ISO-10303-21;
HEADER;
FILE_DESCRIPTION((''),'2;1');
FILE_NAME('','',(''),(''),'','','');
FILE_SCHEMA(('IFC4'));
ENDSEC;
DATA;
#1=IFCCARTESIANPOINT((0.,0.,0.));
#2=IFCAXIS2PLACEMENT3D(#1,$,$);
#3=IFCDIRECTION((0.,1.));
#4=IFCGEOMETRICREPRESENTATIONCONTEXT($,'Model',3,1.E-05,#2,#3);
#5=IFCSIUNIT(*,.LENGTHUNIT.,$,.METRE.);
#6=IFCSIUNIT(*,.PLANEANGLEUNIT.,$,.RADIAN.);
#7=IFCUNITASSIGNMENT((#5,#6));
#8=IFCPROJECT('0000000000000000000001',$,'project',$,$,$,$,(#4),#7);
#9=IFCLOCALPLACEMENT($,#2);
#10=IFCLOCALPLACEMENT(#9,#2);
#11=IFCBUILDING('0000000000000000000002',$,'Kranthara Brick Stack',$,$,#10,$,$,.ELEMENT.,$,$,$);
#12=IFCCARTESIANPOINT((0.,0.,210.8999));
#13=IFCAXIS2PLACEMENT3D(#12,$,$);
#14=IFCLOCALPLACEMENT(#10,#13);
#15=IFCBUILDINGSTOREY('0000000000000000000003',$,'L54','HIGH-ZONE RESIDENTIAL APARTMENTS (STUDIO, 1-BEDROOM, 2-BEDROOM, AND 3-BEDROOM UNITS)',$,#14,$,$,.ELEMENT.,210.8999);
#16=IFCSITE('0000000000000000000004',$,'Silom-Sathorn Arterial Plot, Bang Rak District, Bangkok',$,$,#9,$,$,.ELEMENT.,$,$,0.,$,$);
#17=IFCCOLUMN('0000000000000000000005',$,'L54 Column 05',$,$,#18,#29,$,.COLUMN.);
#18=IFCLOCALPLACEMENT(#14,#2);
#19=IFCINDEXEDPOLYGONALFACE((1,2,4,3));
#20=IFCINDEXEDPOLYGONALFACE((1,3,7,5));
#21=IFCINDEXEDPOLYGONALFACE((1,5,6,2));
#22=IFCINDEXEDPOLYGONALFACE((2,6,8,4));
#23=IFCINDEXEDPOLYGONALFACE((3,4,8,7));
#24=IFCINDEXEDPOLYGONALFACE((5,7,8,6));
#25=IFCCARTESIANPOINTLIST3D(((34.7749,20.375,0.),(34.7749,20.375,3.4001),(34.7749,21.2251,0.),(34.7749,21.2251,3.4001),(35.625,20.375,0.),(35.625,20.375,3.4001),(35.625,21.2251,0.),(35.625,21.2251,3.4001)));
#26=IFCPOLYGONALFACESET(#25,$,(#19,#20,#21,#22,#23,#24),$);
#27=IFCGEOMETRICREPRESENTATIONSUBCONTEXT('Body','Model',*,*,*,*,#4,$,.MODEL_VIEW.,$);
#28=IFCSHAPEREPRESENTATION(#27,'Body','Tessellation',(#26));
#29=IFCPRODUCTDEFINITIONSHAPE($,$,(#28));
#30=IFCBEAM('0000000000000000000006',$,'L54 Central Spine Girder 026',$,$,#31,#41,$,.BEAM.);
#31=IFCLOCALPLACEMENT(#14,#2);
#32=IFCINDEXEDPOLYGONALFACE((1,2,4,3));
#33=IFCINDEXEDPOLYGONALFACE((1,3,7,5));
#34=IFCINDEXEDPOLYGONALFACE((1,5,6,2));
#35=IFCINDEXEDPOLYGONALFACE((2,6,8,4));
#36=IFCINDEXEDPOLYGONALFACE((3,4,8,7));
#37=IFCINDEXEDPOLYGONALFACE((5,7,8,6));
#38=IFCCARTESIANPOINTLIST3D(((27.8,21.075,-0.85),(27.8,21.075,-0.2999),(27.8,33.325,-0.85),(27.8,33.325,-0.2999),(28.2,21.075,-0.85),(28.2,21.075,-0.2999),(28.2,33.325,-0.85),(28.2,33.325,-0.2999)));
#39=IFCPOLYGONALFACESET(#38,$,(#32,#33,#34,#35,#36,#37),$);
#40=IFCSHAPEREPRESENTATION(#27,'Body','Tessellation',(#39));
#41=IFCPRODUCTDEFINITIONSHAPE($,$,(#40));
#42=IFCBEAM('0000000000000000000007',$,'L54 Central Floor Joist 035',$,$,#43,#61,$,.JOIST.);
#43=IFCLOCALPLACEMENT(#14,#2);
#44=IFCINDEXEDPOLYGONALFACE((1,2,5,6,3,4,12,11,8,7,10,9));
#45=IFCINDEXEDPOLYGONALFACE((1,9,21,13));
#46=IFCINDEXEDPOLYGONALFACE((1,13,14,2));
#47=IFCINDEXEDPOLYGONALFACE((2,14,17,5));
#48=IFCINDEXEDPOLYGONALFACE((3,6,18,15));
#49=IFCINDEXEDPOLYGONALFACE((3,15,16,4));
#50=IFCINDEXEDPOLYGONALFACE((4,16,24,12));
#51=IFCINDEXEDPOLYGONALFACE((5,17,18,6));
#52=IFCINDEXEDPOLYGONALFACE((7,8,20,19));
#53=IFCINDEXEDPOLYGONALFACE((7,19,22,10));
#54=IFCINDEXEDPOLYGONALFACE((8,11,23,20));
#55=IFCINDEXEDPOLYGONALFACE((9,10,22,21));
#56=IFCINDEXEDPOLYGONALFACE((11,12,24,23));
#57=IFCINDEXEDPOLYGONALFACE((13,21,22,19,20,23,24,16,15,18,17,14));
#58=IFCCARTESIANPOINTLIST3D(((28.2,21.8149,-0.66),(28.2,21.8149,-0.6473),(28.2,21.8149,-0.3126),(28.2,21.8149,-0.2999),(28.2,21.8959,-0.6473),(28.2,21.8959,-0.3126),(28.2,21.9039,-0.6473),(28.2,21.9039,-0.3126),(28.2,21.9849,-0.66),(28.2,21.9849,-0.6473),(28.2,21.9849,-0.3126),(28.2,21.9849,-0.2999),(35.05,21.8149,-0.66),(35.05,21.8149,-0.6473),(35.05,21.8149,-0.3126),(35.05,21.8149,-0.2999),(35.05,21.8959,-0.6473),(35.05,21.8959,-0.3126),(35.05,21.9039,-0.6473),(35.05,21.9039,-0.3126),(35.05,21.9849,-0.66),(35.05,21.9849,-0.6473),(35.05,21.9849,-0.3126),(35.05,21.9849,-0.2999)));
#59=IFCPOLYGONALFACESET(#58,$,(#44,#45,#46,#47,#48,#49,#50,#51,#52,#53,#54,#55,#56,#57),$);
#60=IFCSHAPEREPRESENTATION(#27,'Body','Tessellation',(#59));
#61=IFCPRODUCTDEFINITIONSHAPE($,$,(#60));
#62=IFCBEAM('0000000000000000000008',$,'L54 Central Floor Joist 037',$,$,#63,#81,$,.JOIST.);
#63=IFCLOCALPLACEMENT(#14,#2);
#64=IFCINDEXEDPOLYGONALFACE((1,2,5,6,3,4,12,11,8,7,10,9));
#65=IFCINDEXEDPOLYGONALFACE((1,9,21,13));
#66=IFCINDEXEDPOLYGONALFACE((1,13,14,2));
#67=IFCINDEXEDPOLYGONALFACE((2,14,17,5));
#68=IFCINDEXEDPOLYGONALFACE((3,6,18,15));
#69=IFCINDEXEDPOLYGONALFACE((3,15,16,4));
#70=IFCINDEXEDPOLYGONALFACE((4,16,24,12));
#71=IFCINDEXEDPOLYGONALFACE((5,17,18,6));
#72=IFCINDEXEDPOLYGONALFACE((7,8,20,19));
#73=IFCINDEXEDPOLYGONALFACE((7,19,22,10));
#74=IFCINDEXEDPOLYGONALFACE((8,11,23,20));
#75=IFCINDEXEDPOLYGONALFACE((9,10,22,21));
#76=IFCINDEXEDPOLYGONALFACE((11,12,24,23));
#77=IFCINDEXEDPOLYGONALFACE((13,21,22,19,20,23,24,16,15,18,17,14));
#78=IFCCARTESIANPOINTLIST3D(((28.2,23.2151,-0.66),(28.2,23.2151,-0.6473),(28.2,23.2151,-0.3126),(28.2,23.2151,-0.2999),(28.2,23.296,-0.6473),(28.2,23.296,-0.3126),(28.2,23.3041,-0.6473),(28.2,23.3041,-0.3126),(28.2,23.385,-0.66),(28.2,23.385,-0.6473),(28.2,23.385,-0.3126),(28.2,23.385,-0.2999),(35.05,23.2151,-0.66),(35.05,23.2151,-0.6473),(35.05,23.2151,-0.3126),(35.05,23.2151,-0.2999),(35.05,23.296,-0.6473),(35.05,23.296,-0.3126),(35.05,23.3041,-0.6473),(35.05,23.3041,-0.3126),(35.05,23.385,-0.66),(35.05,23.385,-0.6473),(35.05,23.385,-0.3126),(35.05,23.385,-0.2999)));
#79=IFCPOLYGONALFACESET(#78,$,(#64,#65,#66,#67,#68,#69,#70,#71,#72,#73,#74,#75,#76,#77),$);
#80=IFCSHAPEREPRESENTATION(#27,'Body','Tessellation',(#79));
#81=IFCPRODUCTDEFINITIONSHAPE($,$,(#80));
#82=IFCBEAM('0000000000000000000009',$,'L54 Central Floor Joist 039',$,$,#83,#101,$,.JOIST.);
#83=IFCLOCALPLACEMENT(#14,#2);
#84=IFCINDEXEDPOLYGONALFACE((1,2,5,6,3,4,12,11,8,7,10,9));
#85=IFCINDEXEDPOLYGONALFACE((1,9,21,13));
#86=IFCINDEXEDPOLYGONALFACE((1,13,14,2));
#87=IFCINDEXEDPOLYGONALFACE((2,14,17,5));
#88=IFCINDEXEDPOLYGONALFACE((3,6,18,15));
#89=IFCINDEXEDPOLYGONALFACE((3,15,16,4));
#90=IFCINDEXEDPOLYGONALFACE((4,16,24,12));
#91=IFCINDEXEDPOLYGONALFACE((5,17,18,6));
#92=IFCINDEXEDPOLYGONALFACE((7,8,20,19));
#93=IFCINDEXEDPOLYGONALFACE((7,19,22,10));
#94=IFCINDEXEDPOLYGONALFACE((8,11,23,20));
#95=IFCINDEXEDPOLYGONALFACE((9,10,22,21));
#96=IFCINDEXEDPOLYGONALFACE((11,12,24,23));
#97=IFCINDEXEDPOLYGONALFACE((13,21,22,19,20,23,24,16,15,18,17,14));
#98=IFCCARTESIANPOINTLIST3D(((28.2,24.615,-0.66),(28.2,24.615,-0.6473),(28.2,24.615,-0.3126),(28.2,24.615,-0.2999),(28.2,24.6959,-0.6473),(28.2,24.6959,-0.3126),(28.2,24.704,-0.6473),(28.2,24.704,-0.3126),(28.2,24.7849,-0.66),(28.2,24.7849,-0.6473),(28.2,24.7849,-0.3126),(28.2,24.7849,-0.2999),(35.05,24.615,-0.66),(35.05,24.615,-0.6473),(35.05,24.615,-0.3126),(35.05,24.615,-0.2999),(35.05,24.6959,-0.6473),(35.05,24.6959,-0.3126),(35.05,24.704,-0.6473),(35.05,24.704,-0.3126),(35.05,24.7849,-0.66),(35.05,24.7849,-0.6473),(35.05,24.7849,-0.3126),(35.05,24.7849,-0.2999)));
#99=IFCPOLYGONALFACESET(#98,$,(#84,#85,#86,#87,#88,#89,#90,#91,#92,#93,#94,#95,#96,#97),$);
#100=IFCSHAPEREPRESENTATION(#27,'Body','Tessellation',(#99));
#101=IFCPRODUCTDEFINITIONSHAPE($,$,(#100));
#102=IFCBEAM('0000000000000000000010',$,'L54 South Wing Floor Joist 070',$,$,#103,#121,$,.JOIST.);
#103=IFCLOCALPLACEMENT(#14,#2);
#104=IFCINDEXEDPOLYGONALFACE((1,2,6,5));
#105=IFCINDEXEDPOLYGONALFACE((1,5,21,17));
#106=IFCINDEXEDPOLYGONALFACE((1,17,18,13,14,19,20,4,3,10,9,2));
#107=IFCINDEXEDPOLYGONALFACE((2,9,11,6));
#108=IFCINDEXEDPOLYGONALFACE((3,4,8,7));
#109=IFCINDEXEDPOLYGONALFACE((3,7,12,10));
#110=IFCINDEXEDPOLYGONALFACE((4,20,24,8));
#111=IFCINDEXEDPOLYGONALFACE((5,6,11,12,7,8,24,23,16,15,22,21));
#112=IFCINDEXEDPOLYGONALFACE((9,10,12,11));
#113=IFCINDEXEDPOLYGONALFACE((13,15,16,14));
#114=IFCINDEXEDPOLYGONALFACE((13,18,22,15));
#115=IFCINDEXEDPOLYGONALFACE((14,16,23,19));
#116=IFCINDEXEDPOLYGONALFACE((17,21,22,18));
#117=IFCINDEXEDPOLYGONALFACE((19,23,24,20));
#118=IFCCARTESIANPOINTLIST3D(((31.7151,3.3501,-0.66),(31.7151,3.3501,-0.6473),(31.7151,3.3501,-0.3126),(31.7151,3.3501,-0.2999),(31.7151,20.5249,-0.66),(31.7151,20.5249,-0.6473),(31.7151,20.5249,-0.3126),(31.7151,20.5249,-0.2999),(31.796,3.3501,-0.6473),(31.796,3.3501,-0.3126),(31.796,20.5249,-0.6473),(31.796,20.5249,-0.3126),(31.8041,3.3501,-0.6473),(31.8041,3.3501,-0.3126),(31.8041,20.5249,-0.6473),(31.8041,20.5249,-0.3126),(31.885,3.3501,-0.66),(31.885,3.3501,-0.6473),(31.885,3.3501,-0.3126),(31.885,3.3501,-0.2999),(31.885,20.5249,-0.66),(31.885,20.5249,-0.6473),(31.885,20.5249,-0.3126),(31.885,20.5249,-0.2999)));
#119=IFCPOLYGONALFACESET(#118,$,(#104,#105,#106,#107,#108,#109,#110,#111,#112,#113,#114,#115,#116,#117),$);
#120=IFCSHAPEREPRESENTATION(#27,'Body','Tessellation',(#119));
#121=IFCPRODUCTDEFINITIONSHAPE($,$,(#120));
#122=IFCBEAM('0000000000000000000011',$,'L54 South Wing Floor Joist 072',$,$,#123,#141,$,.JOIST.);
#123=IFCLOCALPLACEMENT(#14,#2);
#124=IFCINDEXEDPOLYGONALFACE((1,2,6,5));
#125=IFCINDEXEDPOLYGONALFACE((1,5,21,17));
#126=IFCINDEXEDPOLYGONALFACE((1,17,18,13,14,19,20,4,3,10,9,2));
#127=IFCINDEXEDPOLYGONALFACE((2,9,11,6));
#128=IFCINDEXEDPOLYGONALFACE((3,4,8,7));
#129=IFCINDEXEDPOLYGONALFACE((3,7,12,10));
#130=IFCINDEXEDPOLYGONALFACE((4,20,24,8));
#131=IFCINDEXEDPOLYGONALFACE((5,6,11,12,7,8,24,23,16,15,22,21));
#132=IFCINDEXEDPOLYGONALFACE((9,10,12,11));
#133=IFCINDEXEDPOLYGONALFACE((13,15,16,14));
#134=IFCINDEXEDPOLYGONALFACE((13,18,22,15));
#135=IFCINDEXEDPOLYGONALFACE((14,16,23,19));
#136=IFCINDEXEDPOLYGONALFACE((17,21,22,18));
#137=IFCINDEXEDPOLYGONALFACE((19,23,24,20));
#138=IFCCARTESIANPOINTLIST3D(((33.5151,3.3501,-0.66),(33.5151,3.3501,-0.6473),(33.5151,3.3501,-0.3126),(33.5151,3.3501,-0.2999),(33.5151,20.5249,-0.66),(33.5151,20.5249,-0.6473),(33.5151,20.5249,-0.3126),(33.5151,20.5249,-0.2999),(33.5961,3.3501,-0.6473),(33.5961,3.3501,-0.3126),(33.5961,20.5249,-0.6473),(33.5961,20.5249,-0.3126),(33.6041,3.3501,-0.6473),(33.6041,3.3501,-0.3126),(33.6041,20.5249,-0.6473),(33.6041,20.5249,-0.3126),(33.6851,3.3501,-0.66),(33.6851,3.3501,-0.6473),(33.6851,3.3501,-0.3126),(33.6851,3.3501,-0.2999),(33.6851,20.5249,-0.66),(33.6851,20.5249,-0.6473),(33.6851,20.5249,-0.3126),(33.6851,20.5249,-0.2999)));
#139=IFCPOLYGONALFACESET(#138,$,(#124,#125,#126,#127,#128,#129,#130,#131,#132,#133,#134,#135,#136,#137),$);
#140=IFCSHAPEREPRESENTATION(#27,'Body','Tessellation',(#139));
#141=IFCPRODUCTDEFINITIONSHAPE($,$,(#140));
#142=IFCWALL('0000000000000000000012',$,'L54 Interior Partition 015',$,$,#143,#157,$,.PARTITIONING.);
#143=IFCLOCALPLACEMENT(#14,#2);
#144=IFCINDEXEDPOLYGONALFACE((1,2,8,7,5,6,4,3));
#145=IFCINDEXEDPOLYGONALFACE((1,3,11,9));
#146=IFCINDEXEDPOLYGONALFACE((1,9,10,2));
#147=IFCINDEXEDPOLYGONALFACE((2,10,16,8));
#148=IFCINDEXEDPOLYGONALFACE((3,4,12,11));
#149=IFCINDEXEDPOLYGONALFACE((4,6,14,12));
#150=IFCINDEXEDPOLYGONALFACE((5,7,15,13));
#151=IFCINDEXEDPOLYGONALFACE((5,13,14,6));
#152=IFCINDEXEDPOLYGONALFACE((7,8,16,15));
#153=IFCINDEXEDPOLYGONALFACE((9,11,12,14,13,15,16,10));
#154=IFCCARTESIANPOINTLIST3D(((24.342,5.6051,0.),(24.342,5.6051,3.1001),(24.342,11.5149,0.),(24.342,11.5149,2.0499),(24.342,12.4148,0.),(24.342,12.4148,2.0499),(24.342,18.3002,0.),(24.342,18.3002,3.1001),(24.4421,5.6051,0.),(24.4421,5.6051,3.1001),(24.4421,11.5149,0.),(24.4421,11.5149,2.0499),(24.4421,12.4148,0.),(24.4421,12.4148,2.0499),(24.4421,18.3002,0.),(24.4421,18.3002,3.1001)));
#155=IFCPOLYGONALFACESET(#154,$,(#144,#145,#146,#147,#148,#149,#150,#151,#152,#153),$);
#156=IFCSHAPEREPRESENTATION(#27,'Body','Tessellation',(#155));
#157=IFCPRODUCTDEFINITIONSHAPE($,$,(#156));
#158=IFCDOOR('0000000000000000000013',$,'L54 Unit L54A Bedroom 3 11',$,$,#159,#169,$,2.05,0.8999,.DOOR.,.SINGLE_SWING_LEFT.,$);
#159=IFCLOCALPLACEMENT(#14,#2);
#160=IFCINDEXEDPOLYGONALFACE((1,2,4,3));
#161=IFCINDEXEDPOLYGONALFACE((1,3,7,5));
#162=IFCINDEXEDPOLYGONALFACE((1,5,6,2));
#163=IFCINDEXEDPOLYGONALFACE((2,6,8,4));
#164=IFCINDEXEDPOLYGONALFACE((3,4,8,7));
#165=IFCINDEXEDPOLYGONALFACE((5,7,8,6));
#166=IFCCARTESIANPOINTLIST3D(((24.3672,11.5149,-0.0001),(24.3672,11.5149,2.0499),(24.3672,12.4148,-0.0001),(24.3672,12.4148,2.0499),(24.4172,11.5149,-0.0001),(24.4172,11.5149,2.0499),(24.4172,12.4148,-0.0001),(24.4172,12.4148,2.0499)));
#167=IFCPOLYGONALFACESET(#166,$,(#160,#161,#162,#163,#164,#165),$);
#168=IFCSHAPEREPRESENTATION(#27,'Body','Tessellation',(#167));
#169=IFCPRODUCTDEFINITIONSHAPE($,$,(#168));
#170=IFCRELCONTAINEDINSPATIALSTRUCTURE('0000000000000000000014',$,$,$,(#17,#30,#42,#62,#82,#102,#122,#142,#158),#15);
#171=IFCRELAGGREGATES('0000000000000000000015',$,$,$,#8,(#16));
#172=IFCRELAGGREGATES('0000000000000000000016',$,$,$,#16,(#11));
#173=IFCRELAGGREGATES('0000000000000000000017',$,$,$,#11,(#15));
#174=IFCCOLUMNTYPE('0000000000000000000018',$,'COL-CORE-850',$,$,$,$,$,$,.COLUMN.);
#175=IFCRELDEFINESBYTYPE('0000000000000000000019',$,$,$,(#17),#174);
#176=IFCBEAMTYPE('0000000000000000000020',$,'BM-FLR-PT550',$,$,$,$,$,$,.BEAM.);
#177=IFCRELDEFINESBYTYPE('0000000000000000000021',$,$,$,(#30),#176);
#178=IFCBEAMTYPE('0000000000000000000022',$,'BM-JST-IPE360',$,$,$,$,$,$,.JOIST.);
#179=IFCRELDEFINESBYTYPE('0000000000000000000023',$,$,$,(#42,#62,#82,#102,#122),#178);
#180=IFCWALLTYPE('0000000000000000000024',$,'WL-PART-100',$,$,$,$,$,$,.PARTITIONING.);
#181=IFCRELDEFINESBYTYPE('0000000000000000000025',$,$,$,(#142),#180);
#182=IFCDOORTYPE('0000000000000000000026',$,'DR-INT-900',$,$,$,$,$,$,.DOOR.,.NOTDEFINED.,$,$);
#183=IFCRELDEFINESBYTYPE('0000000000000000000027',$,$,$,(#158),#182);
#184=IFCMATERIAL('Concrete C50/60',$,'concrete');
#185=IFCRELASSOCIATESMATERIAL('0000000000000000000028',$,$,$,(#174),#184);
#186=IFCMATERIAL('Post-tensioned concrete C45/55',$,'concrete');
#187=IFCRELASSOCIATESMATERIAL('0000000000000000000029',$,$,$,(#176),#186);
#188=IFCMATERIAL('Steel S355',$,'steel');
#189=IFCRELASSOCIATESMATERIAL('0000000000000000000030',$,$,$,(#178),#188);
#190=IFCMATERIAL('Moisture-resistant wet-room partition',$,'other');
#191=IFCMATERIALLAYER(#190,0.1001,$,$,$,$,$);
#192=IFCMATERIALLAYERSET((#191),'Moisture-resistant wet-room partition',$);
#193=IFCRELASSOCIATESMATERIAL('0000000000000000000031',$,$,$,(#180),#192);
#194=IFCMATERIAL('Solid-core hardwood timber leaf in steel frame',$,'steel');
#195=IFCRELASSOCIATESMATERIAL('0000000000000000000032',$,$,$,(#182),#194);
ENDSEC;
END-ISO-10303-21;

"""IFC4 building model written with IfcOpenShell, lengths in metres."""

from ifc_helpers import new_model, si_unit, direction, frame, frame_2d, origin, origin_2d, place, context, subcontext, project, spatial, rectangle, i_section, extrude, material, layer, layer_set, material_profile, profile_set, type_object, element, fill, save


model = new_model("IFC4")

# Units and contexts
model_context = context("Model", 3, precision=1e-05, world=origin(), true_north=direction((0.0, 1.0)))
body_context = subcontext(model_context, "Body", "Model", "MODEL_VIEW")
ifc_project = project(units=[si_unit("LENGTHUNIT", "METRE"), si_unit("PLANEANGLEUNIT", "RADIAN")], contexts=[model_context])

# Site, building, storey
site_placement = place(None, origin())
site = spatial("IfcSite", under=ifc_project, at=site_placement, Name="Silom-Sathorn Arterial Plot, Bang Rak District, Bangkok", CompositionType="ELEMENT", RefElevation=0.0)
building_placement = place(site_placement, origin())
building = spatial("IfcBuilding", under=site, at=building_placement, Name="Kranthara Brick Stack", CompositionType="ELEMENT")
storey_placement = place(building_placement, frame((0.0, 0.0, 210.8999)))
storey = spatial("IfcBuildingStorey", under=building, at=storey_placement, Name="L54", Description="HIGH-ZONE RESIDENTIAL APARTMENTS (STUDIO, 1-BEDROOM, 2-BEDROOM, AND 3-BEDROOM UNITS)", CompositionType="ELEMENT", Elevation=210.8999)

# Column
ifc_material_1 = material(Name="Concrete C50/60", Category="concrete")
ifc_material_profile_1 = material_profile(ifc_material_1, rectangle(XDim=0.8501, YDim=0.8501, at=origin_2d()), Name="RC 850x850")
ifc_profile_set_1 = profile_set([ifc_material_profile_1], Name="Concrete C50/60")
column_type = type_object("IfcColumnType", Name="COL-CORE-850", PredefinedType="COLUMN", material=ifc_profile_set_1)
column_placement = place(storey_placement, frame((35.2, 20.8, 0.0), z_axis=(0.0, 0.0, 1.0), x_axis=(1.0, 0.0, 0.0)))
element("IfcColumn", 1, at=column_placement, inside=storey, type_object=column_type, Name="L54 Column 05", PredefinedType="COLUMN", context=body_context, shape_type="SweptSolid", body=[
    extrude(rectangle(XDim=0.8501, YDim=0.8501, at=origin_2d()), origin(), (0.0, 0.0, 1.0), 3.4001),
])

# Beams
ifc_material_2 = material(Name="Post-tensioned concrete C45/55", Category="concrete")
ifc_material_profile_2 = material_profile(ifc_material_2, rectangle(XDim=0.3999, YDim=0.55, at=origin_2d()), Name="PT 400x550")
ifc_profile_set_2 = profile_set([ifc_material_profile_2], Name="Post-tensioned concrete C45/55")
beam_type_1 = type_object("IfcBeamType", Name="BM-FLR-PT550", PredefinedType="BEAM", material=ifc_profile_set_2)
beam_placement = place(storey_placement, frame((28.0, 21.075, -0.575), z_axis=(0.0, 1.0, 0.0), x_axis=(-1.0, 0.0, 0.0)))
element("IfcBeam", 2, at=beam_placement, inside=storey, type_object=beam_type_1, Name="L54 Central Spine Girder 026", PredefinedType="BEAM", context=body_context, shape_type="SweptSolid", body=[
    extrude(rectangle(XDim=0.3999, YDim=0.55, at=origin_2d()), origin(), (0.0, 0.0, 1.0), 12.25),
])
ifc_material_3 = material(Name="Steel S355", Category="steel")
ifc_material_profile_3 = material_profile(ifc_material_3, i_section(OverallWidth=0.1699, OverallDepth=0.3601, WebThickness=0.0081, FlangeThickness=0.0127, at=origin_2d()), Name="IPE 360")
ifc_profile_set_3 = profile_set([ifc_material_profile_3], Name="Steel S355")
beam_type_2 = type_object("IfcBeamType", Name="BM-JST-IPE360", PredefinedType="JOIST", material=ifc_profile_set_3)
for number, where, z_axis, x_axis, name in (
    (3, (28.2, 21.8999, -0.48), (1.0, 0.0, 0.0), (0.0, 1.0, 0.0), "L54 Central Floor Joist 035"),
    (4, (28.2, 23.3, -0.48), (1.0, 0.0, 0.0), (0.0, 1.0, 0.0), "L54 Central Floor Joist 037"),
    (5, (28.2, 24.7, -0.48), (1.0, 0.0, 0.0), (0.0, 1.0, 0.0), "L54 Central Floor Joist 039"),
):
    element("IfcBeam", number, at=place(storey_placement, frame(where, z_axis=z_axis, x_axis=x_axis)), inside=storey, type_object=beam_type_2, Name=name, PredefinedType="JOIST", context=body_context, shape_type="SweptSolid", body=[
        extrude(i_section(OverallWidth=0.1699, OverallDepth=0.3601, WebThickness=0.0081, FlangeThickness=0.0127, at=origin_2d()), origin(), (0.0, 0.0, 1.0), 6.8501),
    ])
for number, where, z_axis, x_axis, name in (
    (6, (31.8, 3.3501, -0.48), (0.0, 1.0, 0.0), (-1.0, 0.0, 0.0), "L54 South Wing Floor Joist 070"),
    (7, (33.6001, 3.3501, -0.48), (0.0, 1.0, 0.0), (-1.0, 0.0, 0.0), "L54 South Wing Floor Joist 072"),
):
    element("IfcBeam", number, at=place(storey_placement, frame(where, z_axis=z_axis, x_axis=x_axis)), inside=storey, type_object=beam_type_2, Name=name, PredefinedType="JOIST", context=body_context, shape_type="SweptSolid", body=[
        extrude(i_section(OverallWidth=0.1699, OverallDepth=0.3601, WebThickness=0.0081, FlangeThickness=0.0127, at=origin_2d()), origin(), (0.0, 0.0, 1.0), 17.1748),
    ])

# Wall, opening, door
ifc_material_4 = material(Name="Moisture-resistant wet-room partition", Category="other")
ifc_layer_1 = layer(ifc_material_4, 0.1001)
ifc_layer_set_1 = layer_set([ifc_layer_1], Name="Moisture-resistant wet-room partition")
wall_type_1 = type_object("IfcWallType", Name="WL-PART-100", PredefinedType="PARTITIONING", material=ifc_layer_set_1)
wall_1_placement = place(storey_placement, frame((24.3921, 5.605, 0.0), z_axis=(0.0, 0.0, 1.0), x_axis=(0.0, 1.0, 0.0)))
wall_1 = element("IfcWall", 8, at=wall_1_placement, inside=storey, type_object=wall_type_1, Name="L54 Interior Partition 015", PredefinedType="PARTITIONING", context=body_context, shape_type="SweptSolid", body=[
    extrude(rectangle(XDim=12.6951, YDim=0.1001, at=frame_2d((6.3477, 0.0))), origin(), (0.0, 0.0, 1.0), 3.1001),
])
opening_1_placement = place(wall_1_placement, frame((5.9099, 0.0, 0.0)))
opening_1 = element("IfcOpeningElement", 9, at=opening_1_placement, cuts=wall_1, PredefinedType="OPENING", context=body_context, shape_type="SweptSolid", body=[
    extrude(rectangle(XDim=0.8999, YDim=2.05, at=frame_2d((0.45, 1.0249))), frame((0.0, 0.0601, 0.0), z_axis=(0.0, -1.0, 0.0), x_axis=(1.0, 0.0, 0.0)), (0.0, 0.0, 1.0), 0.1201),
])
ifc_material_5 = material(Name="Solid-core hardwood timber leaf in steel frame", Category="steel")
door_type_1 = type_object("IfcDoorType", Name="DR-INT-900", OperationType="NOTDEFINED", PredefinedType="DOOR", material=ifc_material_5)
door_1_placement = place(opening_1_placement, origin())
door_1 = element("IfcDoor", 10, at=door_1_placement, inside=storey, type_object=door_type_1, Name="L54 Unit L54A Bedroom 3 11", OperationType="SINGLE_SWING_LEFT", OverallHeight=2.05, OverallWidth=0.8999, PredefinedType="DOOR", context=body_context, shape_type="SweptSolid", body=[
    extrude(rectangle(XDim=0.8999, YDim=2.05, at=frame_2d((0.45, 1.0249))), frame((0.0, 0.0249, 0.0), z_axis=(0.0, -1.0, 0.0), x_axis=(1.0, 0.0, 0.0)), (0.0, 0.0, 1.0), 0.05),
])
fill(opening_1, door_1)

save(model, "model.ifc")
